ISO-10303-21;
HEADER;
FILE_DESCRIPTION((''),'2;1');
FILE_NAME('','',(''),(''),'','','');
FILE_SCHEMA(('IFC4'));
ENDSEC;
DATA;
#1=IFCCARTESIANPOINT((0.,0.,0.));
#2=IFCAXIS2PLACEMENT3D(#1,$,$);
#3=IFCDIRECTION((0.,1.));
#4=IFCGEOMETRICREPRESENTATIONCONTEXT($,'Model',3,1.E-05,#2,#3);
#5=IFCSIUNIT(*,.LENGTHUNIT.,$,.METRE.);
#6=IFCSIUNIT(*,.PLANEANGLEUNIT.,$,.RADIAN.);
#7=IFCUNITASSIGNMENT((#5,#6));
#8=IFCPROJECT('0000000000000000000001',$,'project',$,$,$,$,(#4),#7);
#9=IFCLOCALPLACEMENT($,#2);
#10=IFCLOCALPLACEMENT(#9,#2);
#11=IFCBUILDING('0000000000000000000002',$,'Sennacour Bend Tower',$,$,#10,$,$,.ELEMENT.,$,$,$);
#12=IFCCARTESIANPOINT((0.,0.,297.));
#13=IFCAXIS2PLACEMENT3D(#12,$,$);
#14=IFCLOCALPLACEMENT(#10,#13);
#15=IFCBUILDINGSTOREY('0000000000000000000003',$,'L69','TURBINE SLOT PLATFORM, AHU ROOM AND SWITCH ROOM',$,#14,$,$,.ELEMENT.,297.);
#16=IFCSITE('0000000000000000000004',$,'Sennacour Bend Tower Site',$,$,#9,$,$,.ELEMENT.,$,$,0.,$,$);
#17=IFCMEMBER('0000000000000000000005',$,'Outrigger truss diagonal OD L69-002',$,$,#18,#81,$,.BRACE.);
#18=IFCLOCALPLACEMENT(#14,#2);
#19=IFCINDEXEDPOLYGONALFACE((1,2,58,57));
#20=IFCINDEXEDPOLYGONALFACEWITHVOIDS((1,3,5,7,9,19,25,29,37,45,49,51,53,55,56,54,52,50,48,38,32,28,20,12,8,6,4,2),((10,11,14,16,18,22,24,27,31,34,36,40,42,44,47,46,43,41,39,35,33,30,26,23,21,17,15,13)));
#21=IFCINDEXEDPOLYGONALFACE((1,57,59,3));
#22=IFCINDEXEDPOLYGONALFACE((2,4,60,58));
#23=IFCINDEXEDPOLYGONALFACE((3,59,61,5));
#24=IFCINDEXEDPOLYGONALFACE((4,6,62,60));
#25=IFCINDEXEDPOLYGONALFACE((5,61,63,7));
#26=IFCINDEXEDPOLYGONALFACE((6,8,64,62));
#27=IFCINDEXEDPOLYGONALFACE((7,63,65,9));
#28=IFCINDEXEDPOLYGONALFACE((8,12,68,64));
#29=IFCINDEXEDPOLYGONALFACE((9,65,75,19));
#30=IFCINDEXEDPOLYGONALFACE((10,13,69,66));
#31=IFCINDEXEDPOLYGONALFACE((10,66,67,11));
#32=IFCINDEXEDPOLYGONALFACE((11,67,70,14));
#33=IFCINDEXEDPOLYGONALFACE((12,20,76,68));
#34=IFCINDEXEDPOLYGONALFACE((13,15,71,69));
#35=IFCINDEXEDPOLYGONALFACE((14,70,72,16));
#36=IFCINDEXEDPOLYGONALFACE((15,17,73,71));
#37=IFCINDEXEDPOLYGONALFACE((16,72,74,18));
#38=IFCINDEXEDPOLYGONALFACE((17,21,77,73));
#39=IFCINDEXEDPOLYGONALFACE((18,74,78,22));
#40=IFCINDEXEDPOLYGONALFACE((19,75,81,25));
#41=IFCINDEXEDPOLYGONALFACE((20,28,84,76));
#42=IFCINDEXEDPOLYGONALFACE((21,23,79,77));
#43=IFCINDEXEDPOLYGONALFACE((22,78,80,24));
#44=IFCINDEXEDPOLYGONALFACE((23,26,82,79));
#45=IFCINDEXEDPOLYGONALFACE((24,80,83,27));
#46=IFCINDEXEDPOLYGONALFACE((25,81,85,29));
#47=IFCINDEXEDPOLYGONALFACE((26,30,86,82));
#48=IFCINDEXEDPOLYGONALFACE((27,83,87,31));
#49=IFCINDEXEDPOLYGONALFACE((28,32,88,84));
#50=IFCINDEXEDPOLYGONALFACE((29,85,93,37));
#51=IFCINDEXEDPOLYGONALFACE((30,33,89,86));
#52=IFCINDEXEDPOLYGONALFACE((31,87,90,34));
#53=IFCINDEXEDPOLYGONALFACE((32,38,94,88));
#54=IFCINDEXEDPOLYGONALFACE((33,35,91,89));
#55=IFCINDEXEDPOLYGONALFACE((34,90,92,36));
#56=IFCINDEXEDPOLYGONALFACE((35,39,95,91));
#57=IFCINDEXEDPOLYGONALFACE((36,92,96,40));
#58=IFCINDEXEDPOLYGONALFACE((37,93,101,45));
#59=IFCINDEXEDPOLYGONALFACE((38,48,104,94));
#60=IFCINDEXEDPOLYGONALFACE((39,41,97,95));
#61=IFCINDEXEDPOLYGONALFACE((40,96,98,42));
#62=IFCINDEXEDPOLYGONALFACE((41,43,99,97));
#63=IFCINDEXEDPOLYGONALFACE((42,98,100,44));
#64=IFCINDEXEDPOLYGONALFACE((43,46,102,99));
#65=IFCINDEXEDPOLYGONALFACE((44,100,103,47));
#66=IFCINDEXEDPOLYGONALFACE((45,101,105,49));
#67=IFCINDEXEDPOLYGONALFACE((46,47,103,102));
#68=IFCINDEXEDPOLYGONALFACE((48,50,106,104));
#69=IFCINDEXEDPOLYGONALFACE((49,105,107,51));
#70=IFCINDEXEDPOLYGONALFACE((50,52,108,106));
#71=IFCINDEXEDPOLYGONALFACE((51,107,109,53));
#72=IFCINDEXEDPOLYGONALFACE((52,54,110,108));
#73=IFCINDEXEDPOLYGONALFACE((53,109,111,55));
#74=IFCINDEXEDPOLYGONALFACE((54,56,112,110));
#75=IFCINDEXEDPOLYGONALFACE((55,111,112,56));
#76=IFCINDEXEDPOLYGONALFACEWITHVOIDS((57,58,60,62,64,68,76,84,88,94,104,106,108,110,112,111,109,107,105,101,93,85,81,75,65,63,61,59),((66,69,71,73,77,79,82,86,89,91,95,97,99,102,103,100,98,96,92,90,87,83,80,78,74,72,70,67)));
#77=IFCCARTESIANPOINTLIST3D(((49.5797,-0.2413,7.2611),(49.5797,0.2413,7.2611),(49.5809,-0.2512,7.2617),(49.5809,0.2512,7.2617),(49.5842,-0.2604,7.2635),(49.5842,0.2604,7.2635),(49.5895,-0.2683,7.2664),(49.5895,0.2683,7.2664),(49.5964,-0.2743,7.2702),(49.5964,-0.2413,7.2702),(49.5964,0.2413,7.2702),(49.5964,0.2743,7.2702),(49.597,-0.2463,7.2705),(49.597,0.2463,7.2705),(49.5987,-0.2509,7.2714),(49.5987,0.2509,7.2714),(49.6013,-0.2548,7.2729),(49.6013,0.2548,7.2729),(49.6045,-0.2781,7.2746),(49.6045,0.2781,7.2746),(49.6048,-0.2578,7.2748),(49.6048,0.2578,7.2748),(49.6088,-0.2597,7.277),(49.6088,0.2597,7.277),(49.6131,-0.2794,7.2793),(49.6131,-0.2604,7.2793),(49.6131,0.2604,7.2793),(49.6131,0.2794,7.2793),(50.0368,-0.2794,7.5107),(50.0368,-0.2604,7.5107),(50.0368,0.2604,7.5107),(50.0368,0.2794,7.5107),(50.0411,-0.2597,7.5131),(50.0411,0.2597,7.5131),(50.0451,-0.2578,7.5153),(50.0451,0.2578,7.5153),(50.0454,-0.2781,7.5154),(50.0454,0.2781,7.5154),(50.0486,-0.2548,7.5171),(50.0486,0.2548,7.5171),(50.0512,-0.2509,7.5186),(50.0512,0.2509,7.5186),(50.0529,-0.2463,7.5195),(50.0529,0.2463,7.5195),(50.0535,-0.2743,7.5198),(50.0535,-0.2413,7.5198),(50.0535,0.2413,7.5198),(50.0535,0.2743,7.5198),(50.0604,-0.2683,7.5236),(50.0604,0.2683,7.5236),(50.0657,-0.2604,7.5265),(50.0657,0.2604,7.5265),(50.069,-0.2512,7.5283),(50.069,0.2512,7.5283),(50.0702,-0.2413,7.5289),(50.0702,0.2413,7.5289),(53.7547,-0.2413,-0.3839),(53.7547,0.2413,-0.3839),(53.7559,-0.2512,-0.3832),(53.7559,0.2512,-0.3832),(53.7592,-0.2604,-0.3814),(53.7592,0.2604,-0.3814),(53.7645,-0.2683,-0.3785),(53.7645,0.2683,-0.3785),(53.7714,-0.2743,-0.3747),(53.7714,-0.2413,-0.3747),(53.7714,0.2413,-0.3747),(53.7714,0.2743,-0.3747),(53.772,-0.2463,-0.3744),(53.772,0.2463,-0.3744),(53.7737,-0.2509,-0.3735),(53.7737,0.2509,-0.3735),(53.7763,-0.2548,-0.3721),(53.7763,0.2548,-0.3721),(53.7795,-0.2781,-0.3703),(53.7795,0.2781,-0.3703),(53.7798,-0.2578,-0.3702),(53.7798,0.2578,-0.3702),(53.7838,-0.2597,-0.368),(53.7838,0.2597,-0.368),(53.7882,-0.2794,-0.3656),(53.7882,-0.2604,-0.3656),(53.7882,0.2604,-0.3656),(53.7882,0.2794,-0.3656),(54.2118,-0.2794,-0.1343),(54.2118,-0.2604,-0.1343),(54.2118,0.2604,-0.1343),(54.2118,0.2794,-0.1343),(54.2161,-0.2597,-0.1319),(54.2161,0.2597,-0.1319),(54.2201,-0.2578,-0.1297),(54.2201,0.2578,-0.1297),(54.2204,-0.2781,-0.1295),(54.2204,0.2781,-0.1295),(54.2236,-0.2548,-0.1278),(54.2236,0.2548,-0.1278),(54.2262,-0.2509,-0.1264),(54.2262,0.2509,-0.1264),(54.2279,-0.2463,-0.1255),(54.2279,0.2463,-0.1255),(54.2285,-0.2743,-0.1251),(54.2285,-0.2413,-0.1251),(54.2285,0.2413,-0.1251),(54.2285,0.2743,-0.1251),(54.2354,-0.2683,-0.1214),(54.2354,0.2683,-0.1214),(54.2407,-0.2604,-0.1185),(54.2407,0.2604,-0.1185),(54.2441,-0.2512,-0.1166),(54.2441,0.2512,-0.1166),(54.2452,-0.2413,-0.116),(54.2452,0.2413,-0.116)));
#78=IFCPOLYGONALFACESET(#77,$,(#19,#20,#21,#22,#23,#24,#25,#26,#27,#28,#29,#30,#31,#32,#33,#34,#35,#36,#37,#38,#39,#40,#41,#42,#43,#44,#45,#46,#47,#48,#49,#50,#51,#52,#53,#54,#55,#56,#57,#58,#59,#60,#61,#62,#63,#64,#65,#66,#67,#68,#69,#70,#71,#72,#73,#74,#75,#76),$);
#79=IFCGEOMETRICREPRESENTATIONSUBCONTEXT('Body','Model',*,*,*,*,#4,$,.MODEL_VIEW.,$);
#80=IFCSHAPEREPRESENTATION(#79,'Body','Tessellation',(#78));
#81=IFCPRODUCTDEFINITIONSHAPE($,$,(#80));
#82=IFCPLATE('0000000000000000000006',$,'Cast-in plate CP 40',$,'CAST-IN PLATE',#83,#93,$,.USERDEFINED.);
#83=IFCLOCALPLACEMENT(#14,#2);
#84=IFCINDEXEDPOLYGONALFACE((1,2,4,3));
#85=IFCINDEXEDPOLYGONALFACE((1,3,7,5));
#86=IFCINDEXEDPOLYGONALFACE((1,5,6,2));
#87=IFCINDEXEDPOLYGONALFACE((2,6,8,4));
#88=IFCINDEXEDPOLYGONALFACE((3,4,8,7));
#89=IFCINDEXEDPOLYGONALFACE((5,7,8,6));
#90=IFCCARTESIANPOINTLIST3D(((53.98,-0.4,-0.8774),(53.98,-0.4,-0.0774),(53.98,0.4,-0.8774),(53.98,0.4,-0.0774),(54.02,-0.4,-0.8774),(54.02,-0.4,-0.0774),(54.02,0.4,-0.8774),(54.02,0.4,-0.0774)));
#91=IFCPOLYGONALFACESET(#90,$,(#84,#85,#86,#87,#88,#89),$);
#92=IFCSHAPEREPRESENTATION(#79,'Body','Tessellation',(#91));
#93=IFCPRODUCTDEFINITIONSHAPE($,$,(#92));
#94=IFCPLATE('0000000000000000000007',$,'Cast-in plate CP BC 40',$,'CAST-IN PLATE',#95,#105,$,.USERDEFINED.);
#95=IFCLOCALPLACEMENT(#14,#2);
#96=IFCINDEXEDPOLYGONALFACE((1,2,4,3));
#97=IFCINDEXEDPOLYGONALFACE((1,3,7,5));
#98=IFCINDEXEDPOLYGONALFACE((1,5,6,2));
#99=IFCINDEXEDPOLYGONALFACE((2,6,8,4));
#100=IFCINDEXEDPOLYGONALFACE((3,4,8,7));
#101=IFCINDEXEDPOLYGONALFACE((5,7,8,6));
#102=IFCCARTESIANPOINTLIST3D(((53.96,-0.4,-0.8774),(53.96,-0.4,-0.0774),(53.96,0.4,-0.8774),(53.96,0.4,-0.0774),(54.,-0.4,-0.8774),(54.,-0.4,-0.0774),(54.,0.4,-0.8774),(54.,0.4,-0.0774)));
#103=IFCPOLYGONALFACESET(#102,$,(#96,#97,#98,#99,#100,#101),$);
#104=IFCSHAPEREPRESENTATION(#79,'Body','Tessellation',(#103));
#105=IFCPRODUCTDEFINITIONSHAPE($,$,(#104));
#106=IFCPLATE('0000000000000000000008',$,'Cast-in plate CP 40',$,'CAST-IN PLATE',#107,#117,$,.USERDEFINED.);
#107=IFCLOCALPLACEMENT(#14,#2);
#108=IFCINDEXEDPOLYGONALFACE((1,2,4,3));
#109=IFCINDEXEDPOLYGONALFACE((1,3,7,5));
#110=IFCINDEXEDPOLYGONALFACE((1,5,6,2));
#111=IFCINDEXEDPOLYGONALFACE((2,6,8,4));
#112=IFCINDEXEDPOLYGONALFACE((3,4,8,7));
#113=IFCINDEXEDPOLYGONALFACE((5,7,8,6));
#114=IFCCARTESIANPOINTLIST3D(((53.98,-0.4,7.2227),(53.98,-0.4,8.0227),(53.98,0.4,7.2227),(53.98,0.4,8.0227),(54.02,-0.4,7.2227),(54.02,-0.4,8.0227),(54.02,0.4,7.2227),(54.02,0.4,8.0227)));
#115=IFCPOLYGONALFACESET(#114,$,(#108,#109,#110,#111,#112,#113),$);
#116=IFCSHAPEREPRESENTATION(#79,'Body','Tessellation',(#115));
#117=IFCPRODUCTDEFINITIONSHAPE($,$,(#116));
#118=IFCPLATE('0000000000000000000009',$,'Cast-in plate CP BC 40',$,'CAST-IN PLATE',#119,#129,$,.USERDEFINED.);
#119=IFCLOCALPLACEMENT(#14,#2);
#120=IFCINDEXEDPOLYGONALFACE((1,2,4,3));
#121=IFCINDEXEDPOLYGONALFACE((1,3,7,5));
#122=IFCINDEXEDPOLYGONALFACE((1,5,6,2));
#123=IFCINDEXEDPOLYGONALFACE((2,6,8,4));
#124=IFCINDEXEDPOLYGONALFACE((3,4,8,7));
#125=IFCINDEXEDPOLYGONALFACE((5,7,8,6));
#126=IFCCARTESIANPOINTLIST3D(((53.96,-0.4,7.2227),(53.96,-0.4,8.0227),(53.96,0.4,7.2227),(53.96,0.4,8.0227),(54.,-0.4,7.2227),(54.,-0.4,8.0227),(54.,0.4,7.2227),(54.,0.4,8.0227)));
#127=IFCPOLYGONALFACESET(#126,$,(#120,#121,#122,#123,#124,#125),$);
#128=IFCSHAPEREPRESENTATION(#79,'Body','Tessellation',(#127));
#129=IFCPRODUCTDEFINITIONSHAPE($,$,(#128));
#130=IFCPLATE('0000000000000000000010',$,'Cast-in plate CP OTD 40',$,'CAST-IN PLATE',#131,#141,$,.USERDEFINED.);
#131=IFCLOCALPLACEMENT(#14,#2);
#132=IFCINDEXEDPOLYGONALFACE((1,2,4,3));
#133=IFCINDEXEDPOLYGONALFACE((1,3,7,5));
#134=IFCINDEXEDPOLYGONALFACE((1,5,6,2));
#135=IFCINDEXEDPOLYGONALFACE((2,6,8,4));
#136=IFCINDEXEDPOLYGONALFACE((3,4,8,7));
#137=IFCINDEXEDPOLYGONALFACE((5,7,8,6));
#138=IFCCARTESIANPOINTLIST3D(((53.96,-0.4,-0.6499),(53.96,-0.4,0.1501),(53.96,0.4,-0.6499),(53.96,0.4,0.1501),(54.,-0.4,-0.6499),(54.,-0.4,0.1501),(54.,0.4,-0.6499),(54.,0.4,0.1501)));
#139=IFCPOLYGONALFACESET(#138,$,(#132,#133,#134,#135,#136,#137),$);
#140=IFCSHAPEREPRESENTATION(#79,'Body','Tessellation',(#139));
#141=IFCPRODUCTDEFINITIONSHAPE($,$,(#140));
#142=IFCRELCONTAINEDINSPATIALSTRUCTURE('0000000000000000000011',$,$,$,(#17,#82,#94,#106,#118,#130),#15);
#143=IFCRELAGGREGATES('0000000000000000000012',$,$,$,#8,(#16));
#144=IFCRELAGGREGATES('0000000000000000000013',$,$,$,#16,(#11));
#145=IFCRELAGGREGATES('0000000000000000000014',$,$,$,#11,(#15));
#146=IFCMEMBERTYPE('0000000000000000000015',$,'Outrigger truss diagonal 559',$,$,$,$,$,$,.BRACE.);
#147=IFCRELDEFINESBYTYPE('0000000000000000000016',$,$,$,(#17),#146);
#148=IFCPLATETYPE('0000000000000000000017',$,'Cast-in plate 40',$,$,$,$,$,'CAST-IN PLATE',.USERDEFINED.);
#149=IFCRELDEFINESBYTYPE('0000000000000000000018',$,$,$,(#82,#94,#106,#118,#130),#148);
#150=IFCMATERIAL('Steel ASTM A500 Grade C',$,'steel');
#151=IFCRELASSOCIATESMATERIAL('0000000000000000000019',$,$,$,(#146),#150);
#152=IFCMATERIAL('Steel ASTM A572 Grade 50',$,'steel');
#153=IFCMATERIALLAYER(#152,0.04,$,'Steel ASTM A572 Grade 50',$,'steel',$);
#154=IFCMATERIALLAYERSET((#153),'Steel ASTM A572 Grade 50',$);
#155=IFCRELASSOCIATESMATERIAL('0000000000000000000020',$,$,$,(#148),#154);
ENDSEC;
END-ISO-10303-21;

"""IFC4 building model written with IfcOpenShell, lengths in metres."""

from ifc_helpers import new_model, si_unit, direction, frame, origin, origin_2d, place, context, subcontext, project, spatial, rectangle, hollow_rectangle, extrude, material, layer, layer_set, material_profile, profile_set, type_object, element, save


model = new_model("IFC4")

# Units and contexts
model_context = context("Model", 3, precision=1e-05, world=origin(), true_north=direction((0.0, 1.0)))
body_context = subcontext(model_context, "Body", "Model", "MODEL_VIEW")
ifc_project = project(units=[si_unit("LENGTHUNIT", "METRE"), si_unit("PLANEANGLEUNIT", "RADIAN")], contexts=[model_context])

# Site, building, storey
site_placement = place(None, origin())
site = spatial("IfcSite", under=ifc_project, at=site_placement, Name="Sennacour Bend Tower Site", CompositionType="ELEMENT", RefElevation=0.0)
building_placement = place(site_placement, origin())
building = spatial("IfcBuilding", under=site, at=building_placement, Name="Sennacour Bend Tower", CompositionType="ELEMENT")
storey_placement = place(building_placement, frame((0.0, 0.0, 297.0)))
storey = spatial("IfcBuildingStorey", under=building, at=storey_placement, Name="L69", Description="TURBINE SLOT PLATFORM, AHU ROOM AND SWITCH ROOM", CompositionType="ELEMENT", Elevation=297.0)

# Shared definitions
ifc_material_1 = material(Name="Steel ASTM A572 Grade 50", Category="steel")

# Shared definitions
ifc_material_2 = material(Name="Steel ASTM A500 Grade C", Category="steel")

# Member
ifc_material_profile_1 = material_profile(ifc_material_2, hollow_rectangle(XDim=0.5588, YDim=0.5588, WallThickness=0.019, InnerFilletRadius=0.019, OuterFilletRadius=0.0381, at=origin_2d()), Name="Steel ASTM A500 Grade C", Category="steel")
ifc_profile_set_1 = profile_set([ifc_material_profile_1], Name="Steel ASTM A500 Grade C")
member_type_1 = type_object("IfcMemberType", Name="Outrigger truss diagonal 559", PredefinedType="BRACE", material=ifc_profile_set_1)
member_1_placement = place(storey_placement, frame((49.825, 0.0, 7.395), z_axis=(0.479298, 0.0, -0.877652), x_axis=(0.0, 1.0, 0.0)))
element("IfcMember", 1, at=member_1_placement, inside=storey, type_object=member_type_1, Name="Outrigger truss diagonal OD L69-002", PredefinedType="BRACE", context=body_context, shape_type="SweptSolid", body=[
    extrude(hollow_rectangle(XDim=0.5588, YDim=0.5588, WallThickness=0.019, InnerFilletRadius=0.019, OuterFilletRadius=0.0381, at=origin_2d()), origin(), (0.0, 0.0, 1.0), 8.7107),
])

# Plates
ifc_layer_1 = layer(ifc_material_1, 0.04, Name="Steel ASTM A572 Grade 50", Category="steel")
ifc_layer_set_1 = layer_set([ifc_layer_1], Name="Steel ASTM A572 Grade 50")
plate_type = type_object("IfcPlateType", Name="Cast-in plate 40", ElementType="CAST-IN PLATE", PredefinedType="USERDEFINED", material=ifc_layer_set_1)
for number, where, z_axis, x_axis, name in (
    (2, (54.0, 0.0, -0.8774), (0.0, 0.0, 1.0), (1.0, 0.0, 0.0), "Cast-in plate CP 40"),
    (3, (53.98, 0.0, -0.8774), (0.0, 0.0, 1.0), (1.0, 0.0, 0.0), "Cast-in plate CP BC 40"),
    (4, (54.0, 0.0, 7.2227), (0.0, 0.0, 1.0), (1.0, 0.0, 0.0), "Cast-in plate CP 40"),
    (5, (53.98, 0.0, 7.2227), (0.0, 0.0, 1.0), (1.0, 0.0, 0.0), "Cast-in plate CP BC 40"),
    (6, (53.98, 0.0, -0.6499), (0.0, 0.0, 1.0), (1.0, 0.0, 0.0), "Cast-in plate CP OTD 40"),
):
    element("IfcPlate", number, at=place(storey_placement, frame(where, z_axis=z_axis, x_axis=x_axis)), inside=storey, type_object=plate_type, Name=name, ObjectType="CAST-IN PLATE", PredefinedType="USERDEFINED", context=body_context, shape_type="SweptSolid", body=[
        extrude(rectangle(XDim=0.04, YDim=0.8, at=origin_2d()), origin(), (0.0, 0.0, 1.0), 0.8),
    ])

save(model, "model.ifc")
